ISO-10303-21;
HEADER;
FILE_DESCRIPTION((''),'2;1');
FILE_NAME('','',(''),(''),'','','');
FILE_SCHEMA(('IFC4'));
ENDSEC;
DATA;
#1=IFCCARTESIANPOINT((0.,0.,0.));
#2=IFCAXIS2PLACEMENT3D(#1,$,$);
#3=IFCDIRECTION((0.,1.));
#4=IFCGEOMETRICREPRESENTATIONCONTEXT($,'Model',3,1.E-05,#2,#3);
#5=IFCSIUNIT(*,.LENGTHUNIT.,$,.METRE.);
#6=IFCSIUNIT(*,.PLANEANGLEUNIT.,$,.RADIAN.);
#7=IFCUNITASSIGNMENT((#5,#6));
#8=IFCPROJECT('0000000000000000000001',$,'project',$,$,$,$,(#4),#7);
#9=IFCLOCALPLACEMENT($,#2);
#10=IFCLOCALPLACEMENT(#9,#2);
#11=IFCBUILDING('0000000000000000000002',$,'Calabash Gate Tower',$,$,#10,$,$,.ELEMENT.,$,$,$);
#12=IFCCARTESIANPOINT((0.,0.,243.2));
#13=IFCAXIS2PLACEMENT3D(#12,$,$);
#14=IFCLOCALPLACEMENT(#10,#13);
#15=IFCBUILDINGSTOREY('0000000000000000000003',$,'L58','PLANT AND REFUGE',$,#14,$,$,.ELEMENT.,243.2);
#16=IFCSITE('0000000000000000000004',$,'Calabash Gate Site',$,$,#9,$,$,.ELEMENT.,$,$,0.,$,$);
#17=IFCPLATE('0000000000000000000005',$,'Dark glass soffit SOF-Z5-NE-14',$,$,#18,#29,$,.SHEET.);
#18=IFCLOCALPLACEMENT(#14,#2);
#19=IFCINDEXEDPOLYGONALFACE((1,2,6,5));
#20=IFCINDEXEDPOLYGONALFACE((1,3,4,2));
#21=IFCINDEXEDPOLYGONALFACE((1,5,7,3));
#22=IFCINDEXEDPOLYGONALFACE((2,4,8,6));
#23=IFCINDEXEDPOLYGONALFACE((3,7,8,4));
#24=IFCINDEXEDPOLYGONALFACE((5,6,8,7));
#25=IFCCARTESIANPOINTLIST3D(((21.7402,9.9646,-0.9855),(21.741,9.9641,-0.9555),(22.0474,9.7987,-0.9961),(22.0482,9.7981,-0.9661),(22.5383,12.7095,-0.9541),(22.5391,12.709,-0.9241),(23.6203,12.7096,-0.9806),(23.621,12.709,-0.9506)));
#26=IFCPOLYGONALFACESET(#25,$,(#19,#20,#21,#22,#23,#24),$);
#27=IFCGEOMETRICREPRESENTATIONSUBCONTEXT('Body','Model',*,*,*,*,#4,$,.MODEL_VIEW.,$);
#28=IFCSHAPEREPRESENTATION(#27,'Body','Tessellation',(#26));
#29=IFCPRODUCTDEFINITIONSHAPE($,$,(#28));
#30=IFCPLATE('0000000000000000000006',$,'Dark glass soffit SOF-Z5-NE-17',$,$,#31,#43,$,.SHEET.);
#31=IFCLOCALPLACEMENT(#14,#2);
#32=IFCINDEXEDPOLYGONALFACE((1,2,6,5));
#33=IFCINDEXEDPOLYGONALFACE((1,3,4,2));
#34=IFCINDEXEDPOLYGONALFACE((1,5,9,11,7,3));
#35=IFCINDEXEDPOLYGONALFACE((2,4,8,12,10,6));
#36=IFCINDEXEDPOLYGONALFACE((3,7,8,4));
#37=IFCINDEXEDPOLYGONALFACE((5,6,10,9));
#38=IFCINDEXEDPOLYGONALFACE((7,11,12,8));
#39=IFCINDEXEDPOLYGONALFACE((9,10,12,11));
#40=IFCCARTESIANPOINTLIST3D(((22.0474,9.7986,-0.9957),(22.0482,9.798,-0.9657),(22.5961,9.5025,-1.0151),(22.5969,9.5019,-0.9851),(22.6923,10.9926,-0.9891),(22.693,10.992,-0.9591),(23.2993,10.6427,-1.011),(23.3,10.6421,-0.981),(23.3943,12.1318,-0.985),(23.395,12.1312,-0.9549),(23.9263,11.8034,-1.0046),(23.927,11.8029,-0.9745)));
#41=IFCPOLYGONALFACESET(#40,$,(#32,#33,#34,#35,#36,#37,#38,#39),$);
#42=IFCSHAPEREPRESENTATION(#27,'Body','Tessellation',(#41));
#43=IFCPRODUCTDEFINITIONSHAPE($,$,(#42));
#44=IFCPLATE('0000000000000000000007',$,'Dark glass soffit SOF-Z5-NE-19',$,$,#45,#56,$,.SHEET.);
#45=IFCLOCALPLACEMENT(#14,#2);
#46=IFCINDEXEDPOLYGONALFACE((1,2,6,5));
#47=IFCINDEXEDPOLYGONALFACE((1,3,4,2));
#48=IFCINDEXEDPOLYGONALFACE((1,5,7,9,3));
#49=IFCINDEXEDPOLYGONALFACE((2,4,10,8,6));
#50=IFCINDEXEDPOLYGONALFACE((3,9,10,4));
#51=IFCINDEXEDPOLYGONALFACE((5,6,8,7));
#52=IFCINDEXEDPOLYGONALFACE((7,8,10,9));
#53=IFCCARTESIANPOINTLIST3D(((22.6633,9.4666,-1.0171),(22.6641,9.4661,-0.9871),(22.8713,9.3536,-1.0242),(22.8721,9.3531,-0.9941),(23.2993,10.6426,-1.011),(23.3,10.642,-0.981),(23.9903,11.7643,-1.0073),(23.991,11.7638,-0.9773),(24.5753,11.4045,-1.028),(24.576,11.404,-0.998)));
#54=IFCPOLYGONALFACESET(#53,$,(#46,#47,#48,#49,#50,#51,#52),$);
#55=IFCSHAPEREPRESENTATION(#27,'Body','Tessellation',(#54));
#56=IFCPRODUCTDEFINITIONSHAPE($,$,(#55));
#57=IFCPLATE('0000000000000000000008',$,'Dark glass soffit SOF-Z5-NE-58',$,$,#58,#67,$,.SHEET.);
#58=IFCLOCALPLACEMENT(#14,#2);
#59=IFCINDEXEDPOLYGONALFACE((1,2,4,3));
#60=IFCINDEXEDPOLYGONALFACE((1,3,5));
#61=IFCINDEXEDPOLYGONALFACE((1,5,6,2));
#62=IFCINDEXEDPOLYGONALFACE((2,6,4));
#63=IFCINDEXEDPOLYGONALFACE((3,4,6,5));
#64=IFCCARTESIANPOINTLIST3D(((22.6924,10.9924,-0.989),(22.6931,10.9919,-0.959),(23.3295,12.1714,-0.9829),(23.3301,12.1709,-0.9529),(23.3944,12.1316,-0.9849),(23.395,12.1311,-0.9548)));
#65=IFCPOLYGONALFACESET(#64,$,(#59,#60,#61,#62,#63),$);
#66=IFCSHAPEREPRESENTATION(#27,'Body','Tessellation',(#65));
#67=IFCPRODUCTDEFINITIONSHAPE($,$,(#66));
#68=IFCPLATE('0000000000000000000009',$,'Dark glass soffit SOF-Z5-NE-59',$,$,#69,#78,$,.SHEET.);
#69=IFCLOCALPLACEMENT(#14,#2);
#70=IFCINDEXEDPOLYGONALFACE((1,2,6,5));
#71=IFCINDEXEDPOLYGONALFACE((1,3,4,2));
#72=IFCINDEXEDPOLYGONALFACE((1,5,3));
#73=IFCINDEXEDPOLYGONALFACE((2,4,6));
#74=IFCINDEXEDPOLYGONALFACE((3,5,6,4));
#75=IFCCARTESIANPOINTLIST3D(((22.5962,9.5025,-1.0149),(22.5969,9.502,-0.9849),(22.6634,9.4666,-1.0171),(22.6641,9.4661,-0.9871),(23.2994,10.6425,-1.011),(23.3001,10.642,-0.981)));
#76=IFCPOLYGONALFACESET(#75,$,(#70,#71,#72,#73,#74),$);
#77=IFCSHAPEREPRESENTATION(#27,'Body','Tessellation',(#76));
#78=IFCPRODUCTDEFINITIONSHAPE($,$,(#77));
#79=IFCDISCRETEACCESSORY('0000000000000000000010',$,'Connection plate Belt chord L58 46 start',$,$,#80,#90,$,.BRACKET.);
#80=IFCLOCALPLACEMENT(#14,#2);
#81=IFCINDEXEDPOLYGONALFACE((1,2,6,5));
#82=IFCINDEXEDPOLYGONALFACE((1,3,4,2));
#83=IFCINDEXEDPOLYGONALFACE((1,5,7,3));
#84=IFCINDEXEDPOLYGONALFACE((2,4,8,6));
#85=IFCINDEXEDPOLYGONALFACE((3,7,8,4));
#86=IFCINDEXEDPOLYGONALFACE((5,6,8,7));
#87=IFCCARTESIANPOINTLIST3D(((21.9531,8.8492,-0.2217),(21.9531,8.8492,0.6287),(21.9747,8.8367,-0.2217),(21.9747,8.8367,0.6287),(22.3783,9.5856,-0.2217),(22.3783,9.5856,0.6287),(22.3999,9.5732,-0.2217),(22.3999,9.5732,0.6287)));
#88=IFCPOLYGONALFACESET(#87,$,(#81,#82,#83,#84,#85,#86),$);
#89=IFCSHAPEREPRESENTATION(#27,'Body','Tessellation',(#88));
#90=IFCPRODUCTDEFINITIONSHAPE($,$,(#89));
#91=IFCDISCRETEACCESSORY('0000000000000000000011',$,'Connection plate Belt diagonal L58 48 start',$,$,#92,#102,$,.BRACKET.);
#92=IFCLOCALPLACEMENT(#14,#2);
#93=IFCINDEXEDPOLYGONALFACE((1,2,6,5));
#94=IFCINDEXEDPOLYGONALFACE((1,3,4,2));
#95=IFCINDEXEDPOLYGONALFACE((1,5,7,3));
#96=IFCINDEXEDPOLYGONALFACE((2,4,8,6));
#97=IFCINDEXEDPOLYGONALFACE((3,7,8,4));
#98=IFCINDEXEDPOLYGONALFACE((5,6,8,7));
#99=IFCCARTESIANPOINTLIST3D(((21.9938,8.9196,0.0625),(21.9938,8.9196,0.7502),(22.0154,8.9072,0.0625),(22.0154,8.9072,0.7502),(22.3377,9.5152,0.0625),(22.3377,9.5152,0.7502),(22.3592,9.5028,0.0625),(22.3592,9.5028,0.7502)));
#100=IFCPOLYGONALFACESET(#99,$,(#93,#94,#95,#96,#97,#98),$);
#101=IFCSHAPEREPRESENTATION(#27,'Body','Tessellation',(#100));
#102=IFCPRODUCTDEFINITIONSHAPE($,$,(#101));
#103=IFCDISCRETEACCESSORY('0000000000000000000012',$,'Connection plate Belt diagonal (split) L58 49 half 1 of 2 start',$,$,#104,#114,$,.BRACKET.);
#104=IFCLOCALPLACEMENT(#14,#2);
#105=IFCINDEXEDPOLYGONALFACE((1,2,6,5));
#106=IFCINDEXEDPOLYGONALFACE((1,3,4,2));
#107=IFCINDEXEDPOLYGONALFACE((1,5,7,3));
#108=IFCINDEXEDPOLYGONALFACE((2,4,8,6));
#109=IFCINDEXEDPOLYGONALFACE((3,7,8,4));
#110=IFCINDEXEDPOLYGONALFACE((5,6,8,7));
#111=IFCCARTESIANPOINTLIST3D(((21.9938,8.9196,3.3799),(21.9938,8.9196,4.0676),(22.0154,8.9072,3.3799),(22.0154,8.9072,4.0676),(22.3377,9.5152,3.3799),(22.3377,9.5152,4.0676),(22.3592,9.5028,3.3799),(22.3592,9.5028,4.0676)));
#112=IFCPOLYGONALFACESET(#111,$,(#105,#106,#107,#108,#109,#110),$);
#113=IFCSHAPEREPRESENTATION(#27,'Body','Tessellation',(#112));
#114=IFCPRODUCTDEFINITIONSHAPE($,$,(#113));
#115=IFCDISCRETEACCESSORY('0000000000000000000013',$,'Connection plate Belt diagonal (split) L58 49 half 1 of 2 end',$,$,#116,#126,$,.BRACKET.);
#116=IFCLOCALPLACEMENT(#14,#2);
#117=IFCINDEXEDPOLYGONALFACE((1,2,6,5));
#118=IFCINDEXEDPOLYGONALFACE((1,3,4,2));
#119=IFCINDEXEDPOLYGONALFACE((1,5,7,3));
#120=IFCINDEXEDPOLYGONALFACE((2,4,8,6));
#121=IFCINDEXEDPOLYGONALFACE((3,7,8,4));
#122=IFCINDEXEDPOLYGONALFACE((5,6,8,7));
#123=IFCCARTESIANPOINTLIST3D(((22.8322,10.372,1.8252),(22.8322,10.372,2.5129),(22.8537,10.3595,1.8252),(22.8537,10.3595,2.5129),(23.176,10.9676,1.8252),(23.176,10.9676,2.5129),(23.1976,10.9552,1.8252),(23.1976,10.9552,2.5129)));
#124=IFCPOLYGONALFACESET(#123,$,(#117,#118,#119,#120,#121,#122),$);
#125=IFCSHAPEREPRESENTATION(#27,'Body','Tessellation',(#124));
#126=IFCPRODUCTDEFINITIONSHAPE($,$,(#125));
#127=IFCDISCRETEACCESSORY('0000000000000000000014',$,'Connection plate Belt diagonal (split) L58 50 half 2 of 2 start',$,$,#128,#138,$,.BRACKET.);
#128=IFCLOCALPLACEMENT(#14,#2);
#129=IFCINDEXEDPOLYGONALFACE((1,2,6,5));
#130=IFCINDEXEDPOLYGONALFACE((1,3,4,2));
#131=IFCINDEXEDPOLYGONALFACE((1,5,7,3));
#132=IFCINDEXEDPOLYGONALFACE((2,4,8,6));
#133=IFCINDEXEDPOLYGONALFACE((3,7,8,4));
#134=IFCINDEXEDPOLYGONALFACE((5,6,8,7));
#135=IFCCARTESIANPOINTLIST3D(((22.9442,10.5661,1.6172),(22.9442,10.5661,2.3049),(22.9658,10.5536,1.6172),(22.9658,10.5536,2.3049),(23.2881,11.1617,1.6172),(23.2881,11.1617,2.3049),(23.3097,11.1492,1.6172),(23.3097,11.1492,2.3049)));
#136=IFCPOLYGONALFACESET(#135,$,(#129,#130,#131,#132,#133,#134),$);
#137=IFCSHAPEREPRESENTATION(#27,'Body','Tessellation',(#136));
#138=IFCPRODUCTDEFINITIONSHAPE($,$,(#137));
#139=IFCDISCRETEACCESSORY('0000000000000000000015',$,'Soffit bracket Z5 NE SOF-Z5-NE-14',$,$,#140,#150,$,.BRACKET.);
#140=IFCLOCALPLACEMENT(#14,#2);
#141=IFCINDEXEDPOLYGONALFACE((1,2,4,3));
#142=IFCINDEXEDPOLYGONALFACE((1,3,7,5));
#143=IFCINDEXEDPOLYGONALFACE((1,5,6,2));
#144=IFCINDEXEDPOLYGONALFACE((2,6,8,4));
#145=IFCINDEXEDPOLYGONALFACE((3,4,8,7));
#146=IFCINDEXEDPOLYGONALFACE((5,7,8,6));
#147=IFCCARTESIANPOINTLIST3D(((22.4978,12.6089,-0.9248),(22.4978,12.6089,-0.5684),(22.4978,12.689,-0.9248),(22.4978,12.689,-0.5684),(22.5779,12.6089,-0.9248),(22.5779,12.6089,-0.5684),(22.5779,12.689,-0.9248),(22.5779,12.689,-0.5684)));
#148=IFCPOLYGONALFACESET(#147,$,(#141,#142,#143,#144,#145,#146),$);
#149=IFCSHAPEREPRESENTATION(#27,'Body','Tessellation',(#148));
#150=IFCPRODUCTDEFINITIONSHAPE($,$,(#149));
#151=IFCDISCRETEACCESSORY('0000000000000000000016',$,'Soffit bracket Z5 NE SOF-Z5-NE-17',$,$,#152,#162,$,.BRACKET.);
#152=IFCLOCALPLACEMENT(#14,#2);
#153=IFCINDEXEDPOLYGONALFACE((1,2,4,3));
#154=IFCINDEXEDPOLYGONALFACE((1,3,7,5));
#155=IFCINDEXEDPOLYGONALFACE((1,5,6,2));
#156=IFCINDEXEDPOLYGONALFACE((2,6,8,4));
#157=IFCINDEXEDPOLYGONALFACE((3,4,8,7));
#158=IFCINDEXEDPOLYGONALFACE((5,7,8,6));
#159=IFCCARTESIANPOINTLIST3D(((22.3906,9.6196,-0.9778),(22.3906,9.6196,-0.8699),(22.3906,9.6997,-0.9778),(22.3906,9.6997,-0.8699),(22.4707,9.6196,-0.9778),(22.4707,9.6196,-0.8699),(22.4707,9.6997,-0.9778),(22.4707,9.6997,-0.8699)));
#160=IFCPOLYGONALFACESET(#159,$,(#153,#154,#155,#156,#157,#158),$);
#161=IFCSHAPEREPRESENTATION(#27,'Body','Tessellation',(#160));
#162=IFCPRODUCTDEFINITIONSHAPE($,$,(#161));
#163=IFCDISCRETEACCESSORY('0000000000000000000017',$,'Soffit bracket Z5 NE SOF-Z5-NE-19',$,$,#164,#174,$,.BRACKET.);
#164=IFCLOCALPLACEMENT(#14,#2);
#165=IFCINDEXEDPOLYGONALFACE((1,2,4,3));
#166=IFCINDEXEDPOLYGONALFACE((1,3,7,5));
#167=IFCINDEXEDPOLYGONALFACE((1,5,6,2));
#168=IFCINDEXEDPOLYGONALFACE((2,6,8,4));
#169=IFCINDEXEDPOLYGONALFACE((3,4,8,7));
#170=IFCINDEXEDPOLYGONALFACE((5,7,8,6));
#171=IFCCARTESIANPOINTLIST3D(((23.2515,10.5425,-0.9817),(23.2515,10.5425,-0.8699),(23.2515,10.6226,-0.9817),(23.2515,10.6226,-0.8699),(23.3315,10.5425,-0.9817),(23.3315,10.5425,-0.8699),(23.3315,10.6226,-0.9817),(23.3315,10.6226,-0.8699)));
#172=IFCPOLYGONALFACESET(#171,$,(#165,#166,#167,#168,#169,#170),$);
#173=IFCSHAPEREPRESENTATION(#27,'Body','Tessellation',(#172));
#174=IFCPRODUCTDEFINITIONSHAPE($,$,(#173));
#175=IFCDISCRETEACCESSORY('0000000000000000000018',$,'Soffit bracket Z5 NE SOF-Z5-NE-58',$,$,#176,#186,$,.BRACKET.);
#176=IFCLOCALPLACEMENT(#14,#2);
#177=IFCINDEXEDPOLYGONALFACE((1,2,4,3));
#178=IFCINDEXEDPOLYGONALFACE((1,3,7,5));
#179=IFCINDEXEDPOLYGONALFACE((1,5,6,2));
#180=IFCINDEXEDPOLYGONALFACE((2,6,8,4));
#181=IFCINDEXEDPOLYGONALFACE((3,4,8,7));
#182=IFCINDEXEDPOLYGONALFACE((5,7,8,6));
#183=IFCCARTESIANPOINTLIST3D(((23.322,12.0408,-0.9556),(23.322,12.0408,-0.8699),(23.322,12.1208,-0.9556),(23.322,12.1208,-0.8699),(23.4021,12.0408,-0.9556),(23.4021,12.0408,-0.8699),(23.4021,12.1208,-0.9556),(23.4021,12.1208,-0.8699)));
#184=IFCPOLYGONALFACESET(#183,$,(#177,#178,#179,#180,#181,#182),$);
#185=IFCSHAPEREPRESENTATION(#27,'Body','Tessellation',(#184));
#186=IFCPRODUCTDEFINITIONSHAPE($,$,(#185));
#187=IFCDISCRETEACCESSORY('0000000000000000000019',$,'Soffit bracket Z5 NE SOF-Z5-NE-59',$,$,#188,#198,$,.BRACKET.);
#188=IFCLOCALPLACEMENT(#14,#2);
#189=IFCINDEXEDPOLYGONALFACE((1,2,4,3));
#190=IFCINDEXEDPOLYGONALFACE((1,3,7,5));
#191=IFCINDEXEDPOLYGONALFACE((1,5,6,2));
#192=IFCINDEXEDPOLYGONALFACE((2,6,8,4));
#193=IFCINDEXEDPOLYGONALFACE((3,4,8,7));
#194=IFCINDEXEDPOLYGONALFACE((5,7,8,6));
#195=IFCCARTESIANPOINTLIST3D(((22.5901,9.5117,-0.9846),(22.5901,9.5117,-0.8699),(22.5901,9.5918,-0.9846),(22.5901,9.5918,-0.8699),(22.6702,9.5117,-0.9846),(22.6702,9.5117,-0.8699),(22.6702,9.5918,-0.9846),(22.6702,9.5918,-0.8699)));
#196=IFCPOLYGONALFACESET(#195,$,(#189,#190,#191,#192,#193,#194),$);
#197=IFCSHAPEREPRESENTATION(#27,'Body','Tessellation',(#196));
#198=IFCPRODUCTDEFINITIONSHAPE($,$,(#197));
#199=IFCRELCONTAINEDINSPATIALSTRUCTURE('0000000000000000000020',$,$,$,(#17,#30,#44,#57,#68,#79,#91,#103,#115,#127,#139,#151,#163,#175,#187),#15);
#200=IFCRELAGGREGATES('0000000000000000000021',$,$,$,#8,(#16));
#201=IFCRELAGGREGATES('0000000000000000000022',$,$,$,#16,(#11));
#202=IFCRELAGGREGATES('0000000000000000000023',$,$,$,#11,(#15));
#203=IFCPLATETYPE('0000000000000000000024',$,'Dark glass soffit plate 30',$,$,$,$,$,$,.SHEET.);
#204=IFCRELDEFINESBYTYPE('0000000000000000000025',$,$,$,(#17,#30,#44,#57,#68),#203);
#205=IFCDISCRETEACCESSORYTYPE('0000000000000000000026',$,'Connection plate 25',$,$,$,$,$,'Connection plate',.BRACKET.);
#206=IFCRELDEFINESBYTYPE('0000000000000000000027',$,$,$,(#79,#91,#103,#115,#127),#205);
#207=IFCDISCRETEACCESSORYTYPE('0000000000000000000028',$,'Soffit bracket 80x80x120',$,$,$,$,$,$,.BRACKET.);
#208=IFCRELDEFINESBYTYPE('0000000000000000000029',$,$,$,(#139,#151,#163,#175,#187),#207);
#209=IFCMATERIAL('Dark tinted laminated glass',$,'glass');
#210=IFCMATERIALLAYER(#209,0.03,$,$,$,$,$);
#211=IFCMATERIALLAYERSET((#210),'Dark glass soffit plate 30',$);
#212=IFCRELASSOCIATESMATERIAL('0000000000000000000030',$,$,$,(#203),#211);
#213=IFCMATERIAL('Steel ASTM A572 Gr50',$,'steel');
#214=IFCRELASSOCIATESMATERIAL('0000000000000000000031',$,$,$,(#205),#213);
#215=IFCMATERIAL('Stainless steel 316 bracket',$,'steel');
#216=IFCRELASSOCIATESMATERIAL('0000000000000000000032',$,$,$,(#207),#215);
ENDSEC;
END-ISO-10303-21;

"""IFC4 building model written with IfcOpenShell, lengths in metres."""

from ifc_helpers import new_model, si_unit, direction, frame, origin, origin_2d, place, context, subcontext, project, spatial, polyline, rectangle, outline, extrude, material, layer, layer_set, type_object, element, save


model = new_model("IFC4")

# Units and contexts
model_context = context("Model", 3, precision=1e-05, world=origin(), true_north=direction((0.0, 1.0)))
body_context = subcontext(model_context, "Body", "Model", "MODEL_VIEW")
ifc_project = project(units=[si_unit("LENGTHUNIT", "METRE"), si_unit("PLANEANGLEUNIT", "RADIAN")], contexts=[model_context])

# Site, building, storey
site_placement = place(None, origin())
site = spatial("IfcSite", under=ifc_project, at=site_placement, Name="Calabash Gate Site", CompositionType="ELEMENT", RefElevation=0.0)
building_placement = place(site_placement, origin())
building = spatial("IfcBuilding", under=site, at=building_placement, Name="Calabash Gate Tower", CompositionType="ELEMENT")
storey_placement = place(building_placement, frame((0.0, 0.0, 243.2)))
storey = spatial("IfcBuildingStorey", under=building, at=storey_placement, Name="L58", Description="PLANT AND REFUGE", CompositionType="ELEMENT", Elevation=243.2)

# Plates
ifc_material_1 = material(Name="Dark tinted laminated glass", Category="glass")
ifc_layer = layer(ifc_material_1, 0.03)
ifc_layer_set = layer_set([ifc_layer], Name="Dark glass soffit plate 30")
plate_type = type_object("IfcPlateType", Name="Dark glass soffit plate 30", PredefinedType="SHEET", material=ifc_layer_set)
plate_1_placement = place(storey_placement, frame((22.5391, 12.709, -0.9241), z_axis=(0.024484, -0.018549, 0.999528), x_axis=(0.9997, 0.000011, -0.024488)))
element("IfcPlate", 1, at=plate_1_placement, inside=storey, type_object=plate_type, Name="Dark glass soffit SOF-Z5-NE-14", PredefinedType="SHEET", context=body_context, shape_type="SweptSolid", body=[
    extrude(outline(polyline([(0.0, 0.0), (1.0823, 0.0), (-0.4897, -2.9114), (-0.7971, -2.7454), (0.0, 0.0)])), origin(), (0.0, 0.0, -1.0), 0.03),
])
plate_2_placement = place(storey_placement, frame((23.3, 10.6421, -0.981), z_axis=(0.025054, -0.019055, 0.999504), x_axis=(-0.524912, -0.851151, -0.003069)))
element("IfcPlate", 2, at=plate_2_placement, inside=storey, type_object=plate_type, Name="Dark glass soffit SOF-Z5-NE-17", PredefinedType="SHEET", context=body_context, shape_type="SweptSolid", body=[
    extrude(outline(polyline([(0.0, 0.0), (1.3396, 0.0), (1.3755, -0.6228), (0.0208, -0.7007), (-1.3174, -0.7012), (-1.3171, -0.0757), (0.0, 0.0)])), origin(), (0.0, 0.0, -1.0), 0.03),
])
plate_3_placement = place(storey_placement, frame((22.6641, 9.4661, -0.9871), z_axis=(0.024157, -0.018194, 0.999543), x_axis=(0.475683, 0.879605, 0.004514)))
element("IfcPlate", 3, at=plate_3_placement, inside=storey, type_object=plate_type, Name="Dark glass soffit SOF-Z5-NE-19", PredefinedType="SHEET", context=body_context, shape_type="SweptSolid", body=[
    extrude(outline(polyline([(0.0, 0.0), (1.3369, 0.0), (2.6523, -0.0742), (2.614, -0.7603), (-0.0005, -0.2368), (0.0, 0.0)])), origin(), (0.0, 0.0, -1.0), 0.03),
])
plate_4_placement = place(storey_placement, frame((23.3301, 12.1709, -0.9529), z_axis=(0.020205, -0.016091, 0.999666), x_axis=(0.852367, -0.522315, -0.025635)))
element("IfcPlate", 4, at=plate_4_placement, inside=storey, type_object=plate_type, Name="Dark glass soffit SOF-Z5-NE-58", PredefinedType="SHEET", context=body_context, shape_type="SweptSolid", body=[
    extrude(outline(polyline([(0.0, 0.0), (0.0762, 0.0), (0.073, -1.3381), (0.0, 0.0)])), origin(), (0.0, 0.0, -1.0), 0.03),
])
plate_5_placement = place(storey_placement, frame((22.6641, 9.4661, -0.9871), z_axis=(0.023226, -0.017748, 0.999573), x_axis=(-0.881542, 0.471224, 0.02885)))
element("IfcPlate", 5, at=plate_5_placement, inside=storey, type_object=plate_type, Name="Dark glass soffit SOF-Z5-NE-59", PredefinedType="SHEET", context=body_context, shape_type="SweptSolid", body=[
    extrude(outline(polyline([(0.0, 0.0), (0.0762, 0.0), (-0.0063, -1.3369), (0.0, 0.0)])), origin(), (0.0, 0.0, -1.0), 0.03),
])

# Discrete accessories
ifc_material_2 = material(Name="Steel ASTM A572 Gr50", Category="steel")
discrete_accessory_type_1 = type_object("IfcDiscreteAccessoryType", Name="Connection plate 25", ElementType="Connection plate", PredefinedType="BRACKET", material=ifc_material_2)
discrete_accessory_1_placement = place(storey_placement, frame((22.1765, 9.2112, -0.2217), z_axis=(0.0, 0.0, 1.0), x_axis=(0.5, 0.866025, 0.0)))
element("IfcDiscreteAccessory", 6, at=discrete_accessory_1_placement, inside=storey, type_object=discrete_accessory_type_1, Name="Connection plate Belt chord L58 46 start", PredefinedType="BRACKET", context=body_context, shape_type="SweptSolid", body=[
    extrude(rectangle(XDim=0.8503, YDim=0.0249, at=origin_2d()), origin(), (0.0, 0.0, 1.0), 0.8503),
])
for number, where, z_axis, x_axis, name in (
    (7, (22.1765, 9.2112, 0.0625), (0.0, 0.0, 1.0), (0.5, 0.866025, 0.0), "Connection plate Belt diagonal L58 48 start"),
    (8, (22.1765, 9.2112, 3.3799), (0.0, 0.0, 1.0), (0.5, 0.866025, 0.0), "Connection plate Belt diagonal (split) L58 49 half 1 of 2 start"),
    (9, (23.0149, 10.6636, 1.8252), (0.0, 0.0, 1.0), (0.5, 0.866025, 0.0), "Connection plate Belt diagonal (split) L58 49 half 1 of 2 end"),
    (10, (23.127, 10.8577, 1.6172), (0.0, 0.0, 1.0), (0.5, 0.866025, 0.0), "Connection plate Belt diagonal (split) L58 50 half 2 of 2 start"),
):
    element("IfcDiscreteAccessory", number, at=place(storey_placement, frame(where, z_axis=z_axis, x_axis=x_axis)), inside=storey, type_object=discrete_accessory_type_1, Name=name, PredefinedType="BRACKET", context=body_context, shape_type="SweptSolid", body=[
        extrude(rectangle(XDim=0.6877, YDim=0.0249, at=origin_2d()), origin(), (0.0, 0.0, 1.0), 0.6877),
    ])
ifc_material_3 = material(Name="Stainless steel 316 bracket", Category="steel")
discrete_accessory_type_2 = type_object("IfcDiscreteAccessoryType", Name="Soffit bracket 80x80x120", PredefinedType="BRACKET", material=ifc_material_3)
discrete_accessory_2_placement = place(storey_placement, frame((22.5378, 12.6489, -0.9248), z_axis=(0.0, 0.0, 1.0), x_axis=(1.0, 0.0, 0.0)))
element("IfcDiscreteAccessory", 11, at=discrete_accessory_2_placement, inside=storey, type_object=discrete_accessory_type_2, Name="Soffit bracket Z5 NE SOF-Z5-NE-14", PredefinedType="BRACKET", context=body_context, shape_type="SweptSolid", body=[
    extrude(rectangle(XDim=0.0801, YDim=0.0801, at=origin_2d()), origin(), (0.0, 0.0, 1.0), 0.3564),
])
discrete_accessory_3_placement = place(storey_placement, frame((22.4307, 9.6597, -0.9778), z_axis=(0.0, 0.0, 1.0), x_axis=(1.0, 0.0, 0.0)))
element("IfcDiscreteAccessory", 12, at=discrete_accessory_3_placement, inside=storey, type_object=discrete_accessory_type_2, Name="Soffit bracket Z5 NE SOF-Z5-NE-17", PredefinedType="BRACKET", context=body_context, shape_type="SweptSolid", body=[
    extrude(rectangle(XDim=0.0801, YDim=0.0801, at=origin_2d()), origin(), (0.0, 0.0, 1.0), 0.1079),
])
discrete_accessory_4_placement = place(storey_placement, frame((23.2915, 10.5825, -0.9817), z_axis=(0.0, 0.0, 1.0), x_axis=(1.0, 0.0, 0.0)))
element("IfcDiscreteAccessory", 13, at=discrete_accessory_4_placement, inside=storey, type_object=discrete_accessory_type_2, Name="Soffit bracket Z5 NE SOF-Z5-NE-19", PredefinedType="BRACKET", context=body_context, shape_type="SweptSolid", body=[
    extrude(rectangle(XDim=0.0801, YDim=0.0801, at=origin_2d()), origin(), (0.0, 0.0, 1.0), 0.1118),
])
discrete_accessory_5_placement = place(storey_placement, frame((23.3621, 12.0808, -0.9556), z_axis=(0.0, 0.0, 1.0), x_axis=(1.0, 0.0, 0.0)))
element("IfcDiscreteAccessory", 14, at=discrete_accessory_5_placement, inside=storey, type_object=discrete_accessory_type_2, Name="Soffit bracket Z5 NE SOF-Z5-NE-58", PredefinedType="BRACKET", context=body_context, shape_type="SweptSolid", body=[
    extrude(rectangle(XDim=0.0801, YDim=0.0801, at=origin_2d()), origin(), (0.0, 0.0, 1.0), 0.0857),
])
discrete_accessory_6_placement = place(storey_placement, frame((22.6301, 9.5518, -0.9846), z_axis=(0.0, 0.0, 1.0), x_axis=(1.0, 0.0, 0.0)))
element("IfcDiscreteAccessory", 15, at=discrete_accessory_6_placement, inside=storey, type_object=discrete_accessory_type_2, Name="Soffit bracket Z5 NE SOF-Z5-NE-59", PredefinedType="BRACKET", context=body_context, shape_type="SweptSolid", body=[
    extrude(rectangle(XDim=0.0801, YDim=0.0801, at=origin_2d()), origin(), (0.0, 0.0, 1.0), 0.1147),
])

save(model, "model.ifc")
